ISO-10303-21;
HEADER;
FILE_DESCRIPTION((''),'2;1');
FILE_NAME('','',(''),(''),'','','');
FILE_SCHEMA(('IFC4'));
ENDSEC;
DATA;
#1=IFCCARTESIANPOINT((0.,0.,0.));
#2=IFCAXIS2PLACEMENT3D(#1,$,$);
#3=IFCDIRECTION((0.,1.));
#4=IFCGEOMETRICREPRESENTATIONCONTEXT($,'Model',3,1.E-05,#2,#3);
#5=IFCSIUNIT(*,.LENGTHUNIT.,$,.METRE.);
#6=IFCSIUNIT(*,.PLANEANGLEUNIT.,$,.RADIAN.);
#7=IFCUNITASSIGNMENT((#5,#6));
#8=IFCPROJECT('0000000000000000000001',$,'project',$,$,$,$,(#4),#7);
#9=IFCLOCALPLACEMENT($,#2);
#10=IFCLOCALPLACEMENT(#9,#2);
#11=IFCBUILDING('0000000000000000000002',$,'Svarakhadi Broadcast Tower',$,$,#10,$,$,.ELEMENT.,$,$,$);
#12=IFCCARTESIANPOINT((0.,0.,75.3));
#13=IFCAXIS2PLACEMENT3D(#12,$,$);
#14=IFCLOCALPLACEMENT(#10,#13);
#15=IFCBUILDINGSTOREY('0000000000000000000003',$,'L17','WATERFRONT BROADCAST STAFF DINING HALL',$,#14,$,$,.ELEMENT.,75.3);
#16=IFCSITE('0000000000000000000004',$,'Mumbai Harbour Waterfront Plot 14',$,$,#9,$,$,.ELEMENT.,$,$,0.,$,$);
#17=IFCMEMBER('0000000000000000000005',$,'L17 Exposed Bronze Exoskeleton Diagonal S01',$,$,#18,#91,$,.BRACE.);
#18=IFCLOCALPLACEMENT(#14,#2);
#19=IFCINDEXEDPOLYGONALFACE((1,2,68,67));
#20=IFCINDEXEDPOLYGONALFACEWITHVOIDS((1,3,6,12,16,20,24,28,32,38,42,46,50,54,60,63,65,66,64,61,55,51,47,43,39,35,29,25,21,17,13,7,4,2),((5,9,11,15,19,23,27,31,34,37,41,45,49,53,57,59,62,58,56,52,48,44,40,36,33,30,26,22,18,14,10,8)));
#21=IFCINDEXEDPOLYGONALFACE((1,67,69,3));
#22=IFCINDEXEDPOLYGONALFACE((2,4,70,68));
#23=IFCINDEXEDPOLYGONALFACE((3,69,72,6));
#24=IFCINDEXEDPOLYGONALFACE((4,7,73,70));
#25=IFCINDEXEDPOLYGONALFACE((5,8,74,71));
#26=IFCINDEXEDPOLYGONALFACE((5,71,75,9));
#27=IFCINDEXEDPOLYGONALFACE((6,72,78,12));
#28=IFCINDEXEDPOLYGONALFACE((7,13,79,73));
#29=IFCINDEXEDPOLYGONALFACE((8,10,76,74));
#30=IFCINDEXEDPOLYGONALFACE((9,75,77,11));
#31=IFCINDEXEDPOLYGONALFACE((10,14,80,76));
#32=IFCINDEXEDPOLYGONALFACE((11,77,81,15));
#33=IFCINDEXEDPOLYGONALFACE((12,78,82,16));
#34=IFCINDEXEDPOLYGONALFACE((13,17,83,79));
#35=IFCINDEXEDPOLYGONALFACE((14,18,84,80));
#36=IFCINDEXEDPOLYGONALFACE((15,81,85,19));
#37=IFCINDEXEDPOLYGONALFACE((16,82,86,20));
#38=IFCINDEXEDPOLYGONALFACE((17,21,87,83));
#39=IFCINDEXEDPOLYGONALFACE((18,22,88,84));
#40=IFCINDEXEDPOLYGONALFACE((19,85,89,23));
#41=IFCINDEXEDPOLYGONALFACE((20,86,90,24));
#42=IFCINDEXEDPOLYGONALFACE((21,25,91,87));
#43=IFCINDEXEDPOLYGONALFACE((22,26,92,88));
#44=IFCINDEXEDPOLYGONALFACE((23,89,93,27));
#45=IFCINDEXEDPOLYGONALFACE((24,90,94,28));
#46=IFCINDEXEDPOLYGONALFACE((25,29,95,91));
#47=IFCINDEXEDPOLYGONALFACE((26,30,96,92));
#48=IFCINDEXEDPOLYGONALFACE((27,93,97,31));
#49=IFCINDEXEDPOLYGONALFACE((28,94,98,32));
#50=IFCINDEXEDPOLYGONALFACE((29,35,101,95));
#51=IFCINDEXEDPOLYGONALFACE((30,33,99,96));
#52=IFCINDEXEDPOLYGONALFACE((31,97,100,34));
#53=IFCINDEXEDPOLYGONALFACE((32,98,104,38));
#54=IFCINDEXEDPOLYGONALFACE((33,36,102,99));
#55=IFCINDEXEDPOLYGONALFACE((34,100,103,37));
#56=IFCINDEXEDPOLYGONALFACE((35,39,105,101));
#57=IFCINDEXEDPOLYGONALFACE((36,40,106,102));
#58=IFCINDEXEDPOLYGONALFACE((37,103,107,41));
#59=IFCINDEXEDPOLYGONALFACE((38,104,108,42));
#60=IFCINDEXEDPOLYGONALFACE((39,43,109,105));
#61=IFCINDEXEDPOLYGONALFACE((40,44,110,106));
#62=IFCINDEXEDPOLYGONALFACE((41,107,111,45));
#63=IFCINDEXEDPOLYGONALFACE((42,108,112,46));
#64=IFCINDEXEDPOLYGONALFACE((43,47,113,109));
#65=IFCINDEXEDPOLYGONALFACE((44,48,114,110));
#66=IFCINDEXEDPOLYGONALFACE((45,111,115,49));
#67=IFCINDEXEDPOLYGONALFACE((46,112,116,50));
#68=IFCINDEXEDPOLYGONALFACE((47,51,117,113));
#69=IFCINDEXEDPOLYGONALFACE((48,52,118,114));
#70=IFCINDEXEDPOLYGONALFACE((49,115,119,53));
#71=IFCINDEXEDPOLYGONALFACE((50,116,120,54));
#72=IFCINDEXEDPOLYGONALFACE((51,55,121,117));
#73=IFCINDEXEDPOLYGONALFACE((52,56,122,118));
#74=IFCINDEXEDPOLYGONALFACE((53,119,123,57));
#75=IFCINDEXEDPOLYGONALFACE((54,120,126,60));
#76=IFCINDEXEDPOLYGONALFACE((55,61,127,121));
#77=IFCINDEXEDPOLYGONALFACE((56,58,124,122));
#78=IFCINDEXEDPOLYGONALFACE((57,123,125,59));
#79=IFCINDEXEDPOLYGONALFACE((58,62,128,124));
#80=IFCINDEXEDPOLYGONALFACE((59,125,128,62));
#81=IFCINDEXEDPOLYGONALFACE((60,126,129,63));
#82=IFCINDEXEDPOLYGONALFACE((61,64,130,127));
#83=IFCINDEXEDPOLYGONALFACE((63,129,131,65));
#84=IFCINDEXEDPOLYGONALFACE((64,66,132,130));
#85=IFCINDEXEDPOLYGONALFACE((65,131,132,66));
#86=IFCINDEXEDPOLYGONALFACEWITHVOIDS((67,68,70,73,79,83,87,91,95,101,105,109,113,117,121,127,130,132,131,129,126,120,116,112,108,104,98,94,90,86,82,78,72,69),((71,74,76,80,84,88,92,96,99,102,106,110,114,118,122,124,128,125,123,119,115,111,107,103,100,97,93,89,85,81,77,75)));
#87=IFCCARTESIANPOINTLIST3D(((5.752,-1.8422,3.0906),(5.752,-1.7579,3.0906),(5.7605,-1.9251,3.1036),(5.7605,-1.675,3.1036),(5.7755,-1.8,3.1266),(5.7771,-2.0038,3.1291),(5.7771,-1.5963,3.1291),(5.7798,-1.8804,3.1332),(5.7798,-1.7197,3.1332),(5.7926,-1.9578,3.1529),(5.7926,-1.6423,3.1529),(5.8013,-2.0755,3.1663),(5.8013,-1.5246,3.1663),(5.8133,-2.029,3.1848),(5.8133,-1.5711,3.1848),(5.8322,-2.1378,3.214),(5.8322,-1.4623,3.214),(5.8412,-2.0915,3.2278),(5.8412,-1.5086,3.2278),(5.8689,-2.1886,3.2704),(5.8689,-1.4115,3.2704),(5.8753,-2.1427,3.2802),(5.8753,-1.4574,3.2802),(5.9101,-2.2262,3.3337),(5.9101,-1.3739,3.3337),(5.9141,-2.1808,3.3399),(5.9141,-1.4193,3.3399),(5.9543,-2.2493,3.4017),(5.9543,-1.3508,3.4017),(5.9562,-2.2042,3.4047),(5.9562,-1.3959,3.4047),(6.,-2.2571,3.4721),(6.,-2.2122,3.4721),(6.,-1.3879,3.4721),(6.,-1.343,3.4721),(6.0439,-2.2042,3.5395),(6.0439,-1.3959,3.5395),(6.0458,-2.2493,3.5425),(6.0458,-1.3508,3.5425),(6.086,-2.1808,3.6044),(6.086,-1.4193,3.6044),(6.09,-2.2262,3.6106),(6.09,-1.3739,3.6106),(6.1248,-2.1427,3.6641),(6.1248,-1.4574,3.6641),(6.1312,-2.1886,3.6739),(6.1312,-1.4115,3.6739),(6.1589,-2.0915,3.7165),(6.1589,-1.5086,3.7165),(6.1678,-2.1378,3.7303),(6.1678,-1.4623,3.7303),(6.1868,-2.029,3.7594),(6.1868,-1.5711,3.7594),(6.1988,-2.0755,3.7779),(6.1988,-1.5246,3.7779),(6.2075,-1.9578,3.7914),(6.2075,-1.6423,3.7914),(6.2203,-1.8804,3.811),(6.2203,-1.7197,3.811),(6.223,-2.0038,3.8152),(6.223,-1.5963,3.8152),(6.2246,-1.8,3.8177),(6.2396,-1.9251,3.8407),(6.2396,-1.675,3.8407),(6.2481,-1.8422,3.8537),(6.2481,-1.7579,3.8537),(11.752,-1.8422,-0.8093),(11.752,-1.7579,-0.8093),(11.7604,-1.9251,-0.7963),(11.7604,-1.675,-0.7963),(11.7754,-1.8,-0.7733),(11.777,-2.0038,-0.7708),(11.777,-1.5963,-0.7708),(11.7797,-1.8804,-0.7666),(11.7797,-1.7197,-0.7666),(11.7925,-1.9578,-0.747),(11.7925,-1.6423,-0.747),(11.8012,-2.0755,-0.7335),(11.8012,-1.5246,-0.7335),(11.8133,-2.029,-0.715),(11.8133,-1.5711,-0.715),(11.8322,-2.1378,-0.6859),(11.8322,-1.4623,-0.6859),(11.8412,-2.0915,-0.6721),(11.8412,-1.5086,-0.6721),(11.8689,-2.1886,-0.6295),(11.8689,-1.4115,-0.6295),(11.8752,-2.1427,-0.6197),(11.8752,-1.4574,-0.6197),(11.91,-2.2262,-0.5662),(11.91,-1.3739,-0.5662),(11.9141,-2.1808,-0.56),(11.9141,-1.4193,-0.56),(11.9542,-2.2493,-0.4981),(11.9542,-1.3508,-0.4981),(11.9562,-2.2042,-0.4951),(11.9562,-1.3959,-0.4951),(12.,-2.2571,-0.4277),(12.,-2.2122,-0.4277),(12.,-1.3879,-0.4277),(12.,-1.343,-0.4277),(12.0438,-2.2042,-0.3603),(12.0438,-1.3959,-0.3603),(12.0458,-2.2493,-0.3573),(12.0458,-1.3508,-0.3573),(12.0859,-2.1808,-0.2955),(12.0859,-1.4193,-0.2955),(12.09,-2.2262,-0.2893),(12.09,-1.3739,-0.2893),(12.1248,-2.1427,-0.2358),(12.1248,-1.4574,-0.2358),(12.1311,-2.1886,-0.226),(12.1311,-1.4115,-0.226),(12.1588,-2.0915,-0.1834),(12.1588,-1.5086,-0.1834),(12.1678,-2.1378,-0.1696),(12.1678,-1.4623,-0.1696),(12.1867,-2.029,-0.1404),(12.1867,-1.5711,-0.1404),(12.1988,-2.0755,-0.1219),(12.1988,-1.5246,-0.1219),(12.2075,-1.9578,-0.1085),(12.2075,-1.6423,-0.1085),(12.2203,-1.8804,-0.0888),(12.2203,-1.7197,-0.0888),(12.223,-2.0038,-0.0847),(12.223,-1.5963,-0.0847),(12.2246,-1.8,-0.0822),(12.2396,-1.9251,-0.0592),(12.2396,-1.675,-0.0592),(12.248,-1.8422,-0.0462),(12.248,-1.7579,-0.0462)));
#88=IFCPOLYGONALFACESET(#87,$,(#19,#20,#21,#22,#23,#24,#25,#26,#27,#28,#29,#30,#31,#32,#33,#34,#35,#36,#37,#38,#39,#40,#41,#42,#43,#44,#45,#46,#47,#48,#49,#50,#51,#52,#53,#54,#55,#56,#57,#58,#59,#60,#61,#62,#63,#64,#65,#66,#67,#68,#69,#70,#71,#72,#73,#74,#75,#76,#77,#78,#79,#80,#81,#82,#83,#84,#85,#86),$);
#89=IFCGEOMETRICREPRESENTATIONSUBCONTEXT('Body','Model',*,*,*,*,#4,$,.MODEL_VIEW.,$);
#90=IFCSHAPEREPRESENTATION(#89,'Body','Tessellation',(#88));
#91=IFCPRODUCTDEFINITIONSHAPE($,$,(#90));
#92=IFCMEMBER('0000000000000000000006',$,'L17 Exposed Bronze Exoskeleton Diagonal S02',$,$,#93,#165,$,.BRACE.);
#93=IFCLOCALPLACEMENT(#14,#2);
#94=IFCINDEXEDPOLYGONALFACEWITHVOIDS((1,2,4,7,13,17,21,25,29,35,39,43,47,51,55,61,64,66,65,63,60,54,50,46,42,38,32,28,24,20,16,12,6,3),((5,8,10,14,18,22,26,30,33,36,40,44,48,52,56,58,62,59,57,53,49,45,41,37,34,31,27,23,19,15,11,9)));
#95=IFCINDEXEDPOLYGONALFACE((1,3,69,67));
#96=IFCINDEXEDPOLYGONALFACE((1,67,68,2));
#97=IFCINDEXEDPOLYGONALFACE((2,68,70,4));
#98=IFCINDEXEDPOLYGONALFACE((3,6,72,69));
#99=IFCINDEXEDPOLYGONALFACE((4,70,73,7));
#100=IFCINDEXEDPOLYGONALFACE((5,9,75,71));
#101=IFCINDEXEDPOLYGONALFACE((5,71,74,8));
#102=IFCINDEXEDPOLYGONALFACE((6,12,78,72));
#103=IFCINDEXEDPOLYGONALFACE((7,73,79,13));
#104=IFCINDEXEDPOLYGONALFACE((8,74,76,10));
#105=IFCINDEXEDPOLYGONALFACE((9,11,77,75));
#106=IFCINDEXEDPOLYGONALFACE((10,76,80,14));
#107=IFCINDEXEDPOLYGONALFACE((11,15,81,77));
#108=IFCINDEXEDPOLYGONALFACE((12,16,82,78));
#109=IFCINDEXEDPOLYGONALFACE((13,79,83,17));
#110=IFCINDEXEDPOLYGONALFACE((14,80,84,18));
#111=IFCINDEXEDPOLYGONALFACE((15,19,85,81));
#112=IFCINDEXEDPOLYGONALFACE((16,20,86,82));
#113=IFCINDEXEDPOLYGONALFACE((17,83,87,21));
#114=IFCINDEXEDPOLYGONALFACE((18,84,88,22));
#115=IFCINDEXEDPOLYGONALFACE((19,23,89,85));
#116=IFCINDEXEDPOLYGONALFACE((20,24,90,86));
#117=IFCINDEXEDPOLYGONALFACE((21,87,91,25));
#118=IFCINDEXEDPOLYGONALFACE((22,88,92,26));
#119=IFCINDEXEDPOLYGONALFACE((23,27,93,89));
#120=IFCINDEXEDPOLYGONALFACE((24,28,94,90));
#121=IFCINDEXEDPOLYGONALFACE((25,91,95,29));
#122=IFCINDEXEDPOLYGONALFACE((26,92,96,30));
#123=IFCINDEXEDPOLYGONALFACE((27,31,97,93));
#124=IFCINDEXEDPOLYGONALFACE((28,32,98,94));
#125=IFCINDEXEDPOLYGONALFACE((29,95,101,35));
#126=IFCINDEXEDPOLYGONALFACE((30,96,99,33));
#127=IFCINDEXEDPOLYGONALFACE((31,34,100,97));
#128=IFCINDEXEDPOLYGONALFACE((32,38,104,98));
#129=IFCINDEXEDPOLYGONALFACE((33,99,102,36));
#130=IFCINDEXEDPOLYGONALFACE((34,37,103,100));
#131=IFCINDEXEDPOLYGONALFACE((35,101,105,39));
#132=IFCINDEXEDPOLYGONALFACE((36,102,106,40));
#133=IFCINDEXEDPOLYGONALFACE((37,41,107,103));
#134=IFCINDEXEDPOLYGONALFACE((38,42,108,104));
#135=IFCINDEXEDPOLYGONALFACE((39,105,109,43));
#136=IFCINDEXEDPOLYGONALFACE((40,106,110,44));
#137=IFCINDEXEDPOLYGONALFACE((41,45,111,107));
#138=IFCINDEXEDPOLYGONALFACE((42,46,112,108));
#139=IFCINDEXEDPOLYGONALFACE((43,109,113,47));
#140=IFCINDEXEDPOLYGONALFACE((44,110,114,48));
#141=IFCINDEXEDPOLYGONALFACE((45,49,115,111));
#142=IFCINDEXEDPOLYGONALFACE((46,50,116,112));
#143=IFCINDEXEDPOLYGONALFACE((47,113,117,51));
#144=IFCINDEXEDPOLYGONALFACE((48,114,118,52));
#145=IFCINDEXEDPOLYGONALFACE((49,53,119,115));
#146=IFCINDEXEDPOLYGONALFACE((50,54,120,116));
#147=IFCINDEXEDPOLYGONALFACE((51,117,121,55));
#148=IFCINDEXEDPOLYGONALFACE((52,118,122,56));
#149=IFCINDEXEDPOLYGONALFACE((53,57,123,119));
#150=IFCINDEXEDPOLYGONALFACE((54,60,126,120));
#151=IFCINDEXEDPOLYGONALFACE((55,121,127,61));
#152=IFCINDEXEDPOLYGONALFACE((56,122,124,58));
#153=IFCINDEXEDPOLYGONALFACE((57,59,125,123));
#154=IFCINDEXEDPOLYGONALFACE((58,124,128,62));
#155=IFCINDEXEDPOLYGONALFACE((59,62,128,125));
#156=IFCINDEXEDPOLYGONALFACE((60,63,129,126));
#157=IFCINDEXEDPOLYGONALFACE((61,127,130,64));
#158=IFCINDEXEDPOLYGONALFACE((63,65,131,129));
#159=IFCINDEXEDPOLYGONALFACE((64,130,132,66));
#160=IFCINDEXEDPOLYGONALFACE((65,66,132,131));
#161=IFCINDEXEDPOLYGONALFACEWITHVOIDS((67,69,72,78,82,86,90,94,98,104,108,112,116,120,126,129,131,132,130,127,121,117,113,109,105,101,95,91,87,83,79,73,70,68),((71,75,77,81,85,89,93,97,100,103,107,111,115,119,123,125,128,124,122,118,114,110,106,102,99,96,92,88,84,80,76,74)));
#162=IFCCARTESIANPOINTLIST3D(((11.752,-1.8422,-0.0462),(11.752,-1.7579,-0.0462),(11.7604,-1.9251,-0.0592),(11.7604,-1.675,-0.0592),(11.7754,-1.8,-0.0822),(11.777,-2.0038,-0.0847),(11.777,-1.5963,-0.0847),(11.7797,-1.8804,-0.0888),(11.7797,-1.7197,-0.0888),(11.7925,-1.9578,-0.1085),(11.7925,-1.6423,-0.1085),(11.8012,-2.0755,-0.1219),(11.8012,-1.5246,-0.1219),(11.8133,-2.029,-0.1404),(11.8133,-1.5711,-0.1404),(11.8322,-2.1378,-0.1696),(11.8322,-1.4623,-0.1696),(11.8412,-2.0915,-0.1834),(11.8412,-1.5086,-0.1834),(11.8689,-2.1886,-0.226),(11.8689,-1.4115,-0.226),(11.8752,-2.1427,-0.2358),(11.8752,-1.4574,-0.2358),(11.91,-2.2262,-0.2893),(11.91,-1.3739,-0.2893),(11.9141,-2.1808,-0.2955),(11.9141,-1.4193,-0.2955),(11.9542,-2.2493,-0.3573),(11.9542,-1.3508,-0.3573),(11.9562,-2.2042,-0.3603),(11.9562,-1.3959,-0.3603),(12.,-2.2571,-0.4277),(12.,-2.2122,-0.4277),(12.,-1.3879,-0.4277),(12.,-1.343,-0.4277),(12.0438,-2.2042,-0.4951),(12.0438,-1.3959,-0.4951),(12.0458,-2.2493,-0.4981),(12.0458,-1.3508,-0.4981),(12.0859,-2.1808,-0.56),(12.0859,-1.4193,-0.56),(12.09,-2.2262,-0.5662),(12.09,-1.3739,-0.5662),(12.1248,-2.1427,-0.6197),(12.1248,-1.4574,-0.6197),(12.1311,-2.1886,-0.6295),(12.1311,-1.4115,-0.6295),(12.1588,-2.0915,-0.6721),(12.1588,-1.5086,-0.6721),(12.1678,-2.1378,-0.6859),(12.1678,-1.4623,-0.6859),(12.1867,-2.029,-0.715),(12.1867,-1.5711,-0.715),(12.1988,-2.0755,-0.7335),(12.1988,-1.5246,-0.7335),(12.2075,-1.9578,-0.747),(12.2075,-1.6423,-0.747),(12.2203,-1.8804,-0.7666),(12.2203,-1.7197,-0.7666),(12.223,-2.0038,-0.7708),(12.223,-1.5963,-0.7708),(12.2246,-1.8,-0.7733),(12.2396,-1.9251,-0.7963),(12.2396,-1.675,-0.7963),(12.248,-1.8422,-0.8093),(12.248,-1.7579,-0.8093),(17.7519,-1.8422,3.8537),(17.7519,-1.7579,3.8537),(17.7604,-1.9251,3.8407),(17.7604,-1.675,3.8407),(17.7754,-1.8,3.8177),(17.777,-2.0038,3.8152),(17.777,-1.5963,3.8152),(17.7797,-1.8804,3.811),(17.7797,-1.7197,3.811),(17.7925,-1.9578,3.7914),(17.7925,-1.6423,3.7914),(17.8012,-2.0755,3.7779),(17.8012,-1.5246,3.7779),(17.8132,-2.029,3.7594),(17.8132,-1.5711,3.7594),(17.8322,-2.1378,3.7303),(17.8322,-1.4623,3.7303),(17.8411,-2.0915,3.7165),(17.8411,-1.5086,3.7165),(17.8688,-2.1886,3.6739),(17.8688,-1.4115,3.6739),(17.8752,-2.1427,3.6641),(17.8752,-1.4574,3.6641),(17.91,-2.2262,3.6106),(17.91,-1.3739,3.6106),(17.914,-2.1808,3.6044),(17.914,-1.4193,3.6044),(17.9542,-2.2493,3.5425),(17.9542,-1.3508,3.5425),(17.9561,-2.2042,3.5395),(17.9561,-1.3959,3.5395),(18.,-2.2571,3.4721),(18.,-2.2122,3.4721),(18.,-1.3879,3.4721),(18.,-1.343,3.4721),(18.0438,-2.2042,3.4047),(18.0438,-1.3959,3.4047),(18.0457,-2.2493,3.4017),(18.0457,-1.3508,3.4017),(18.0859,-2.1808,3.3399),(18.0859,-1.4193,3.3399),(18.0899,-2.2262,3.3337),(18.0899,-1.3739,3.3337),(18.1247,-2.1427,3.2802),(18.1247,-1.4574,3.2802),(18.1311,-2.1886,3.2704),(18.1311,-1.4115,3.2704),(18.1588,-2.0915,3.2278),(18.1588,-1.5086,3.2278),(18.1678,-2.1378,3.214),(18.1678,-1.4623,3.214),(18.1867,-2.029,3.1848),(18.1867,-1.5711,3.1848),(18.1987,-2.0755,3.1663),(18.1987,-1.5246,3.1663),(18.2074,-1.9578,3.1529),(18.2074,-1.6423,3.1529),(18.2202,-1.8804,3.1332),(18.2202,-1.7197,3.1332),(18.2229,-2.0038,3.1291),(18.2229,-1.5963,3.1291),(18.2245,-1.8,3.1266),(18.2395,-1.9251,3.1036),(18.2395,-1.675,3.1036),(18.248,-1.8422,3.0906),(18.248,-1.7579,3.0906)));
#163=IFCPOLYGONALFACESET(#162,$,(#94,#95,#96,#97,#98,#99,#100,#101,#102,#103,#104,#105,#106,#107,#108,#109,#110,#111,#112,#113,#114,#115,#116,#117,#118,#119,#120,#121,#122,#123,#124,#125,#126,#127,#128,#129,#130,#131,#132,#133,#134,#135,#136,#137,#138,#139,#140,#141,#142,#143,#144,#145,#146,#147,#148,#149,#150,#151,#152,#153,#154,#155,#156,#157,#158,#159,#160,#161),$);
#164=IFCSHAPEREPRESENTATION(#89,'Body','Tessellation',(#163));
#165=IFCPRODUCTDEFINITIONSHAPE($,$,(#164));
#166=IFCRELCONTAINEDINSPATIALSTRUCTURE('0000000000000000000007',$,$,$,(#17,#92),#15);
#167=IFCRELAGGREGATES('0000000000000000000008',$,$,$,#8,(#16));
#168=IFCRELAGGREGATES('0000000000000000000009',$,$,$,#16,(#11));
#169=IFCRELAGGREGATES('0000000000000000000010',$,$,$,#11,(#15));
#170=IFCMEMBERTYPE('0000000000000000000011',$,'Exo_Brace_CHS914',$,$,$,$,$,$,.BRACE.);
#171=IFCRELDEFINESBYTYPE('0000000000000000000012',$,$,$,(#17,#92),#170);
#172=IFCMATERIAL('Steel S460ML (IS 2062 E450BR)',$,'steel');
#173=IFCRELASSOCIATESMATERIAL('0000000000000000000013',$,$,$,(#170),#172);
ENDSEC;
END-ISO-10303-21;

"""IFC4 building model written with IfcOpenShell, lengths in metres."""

from ifc_helpers import new_model, si_unit, direction, frame, origin, origin_2d, place, context, subcontext, project, spatial, hollow_circle, extrude, material, material_profile, profile_set, type_object, element, save


model = new_model("IFC4")

# Units and contexts
model_context = context("Model", 3, precision=1e-05, world=origin(), true_north=direction((0.0, 1.0)))
body_context = subcontext(model_context, "Body", "Model", "MODEL_VIEW")
ifc_project = project(units=[si_unit("LENGTHUNIT", "METRE"), si_unit("PLANEANGLEUNIT", "RADIAN")], contexts=[model_context])

# Site, building, storey
site_placement = place(None, origin())
site = spatial("IfcSite", under=ifc_project, at=site_placement, Name="Mumbai Harbour Waterfront Plot 14", CompositionType="ELEMENT", RefElevation=0.0)
building_placement = place(site_placement, origin())
building = spatial("IfcBuilding", under=site, at=building_placement, Name="Svarakhadi Broadcast Tower", CompositionType="ELEMENT")
storey_placement = place(building_placement, frame((0.0, 0.0, 75.3)))
storey = spatial("IfcBuildingStorey", under=building, at=storey_placement, Name="L17", Description="WATERFRONT BROADCAST STAFF DINING HALL", CompositionType="ELEMENT", Elevation=75.3)

# Shared definitions
ifc_material_1 = material(Name="Steel S460ML (IS 2062 E450BR)", Category="steel")

# Members
ifc_material_profile_1 = material_profile(ifc_material_1, hollow_circle(Radius=0.457, WallThickness=0.0449, at=origin_2d()), Name="CHS 914x45")
ifc_profile_set_1 = profile_set([ifc_material_profile_1], Name="Steel S460ML (IS 2062 E450BR)")
member_type_1 = type_object("IfcMemberType", Name="Exo_Brace_CHS914", PredefinedType="BRACE", material=ifc_profile_set_1)
for number, where, z_axis, x_axis, name in (
    (1, (12.0, -1.8, -0.4277), (-0.83845, 0.0, 0.544979), (0.0, -1.0, 0.0), "L17 Exposed Bronze Exoskeleton Diagonal S01"),
    (2, (12.0, -1.8, -0.4277), (0.83845, 0.0, 0.544979), (0.0, 1.0, 0.0), "L17 Exposed Bronze Exoskeleton Diagonal S02"),
):
    element("IfcMember", number, at=place(storey_placement, frame(where, z_axis=z_axis, x_axis=x_axis)), inside=storey, type_object=member_type_1, Name=name, PredefinedType="BRACE", context=body_context, shape_type="SweptSolid", body=[
        extrude(hollow_circle(Radius=0.457, WallThickness=0.0449, at=origin_2d()), origin(), (0.0, 0.0, 1.0), 7.156),
    ])

save(model, "model.ifc")
